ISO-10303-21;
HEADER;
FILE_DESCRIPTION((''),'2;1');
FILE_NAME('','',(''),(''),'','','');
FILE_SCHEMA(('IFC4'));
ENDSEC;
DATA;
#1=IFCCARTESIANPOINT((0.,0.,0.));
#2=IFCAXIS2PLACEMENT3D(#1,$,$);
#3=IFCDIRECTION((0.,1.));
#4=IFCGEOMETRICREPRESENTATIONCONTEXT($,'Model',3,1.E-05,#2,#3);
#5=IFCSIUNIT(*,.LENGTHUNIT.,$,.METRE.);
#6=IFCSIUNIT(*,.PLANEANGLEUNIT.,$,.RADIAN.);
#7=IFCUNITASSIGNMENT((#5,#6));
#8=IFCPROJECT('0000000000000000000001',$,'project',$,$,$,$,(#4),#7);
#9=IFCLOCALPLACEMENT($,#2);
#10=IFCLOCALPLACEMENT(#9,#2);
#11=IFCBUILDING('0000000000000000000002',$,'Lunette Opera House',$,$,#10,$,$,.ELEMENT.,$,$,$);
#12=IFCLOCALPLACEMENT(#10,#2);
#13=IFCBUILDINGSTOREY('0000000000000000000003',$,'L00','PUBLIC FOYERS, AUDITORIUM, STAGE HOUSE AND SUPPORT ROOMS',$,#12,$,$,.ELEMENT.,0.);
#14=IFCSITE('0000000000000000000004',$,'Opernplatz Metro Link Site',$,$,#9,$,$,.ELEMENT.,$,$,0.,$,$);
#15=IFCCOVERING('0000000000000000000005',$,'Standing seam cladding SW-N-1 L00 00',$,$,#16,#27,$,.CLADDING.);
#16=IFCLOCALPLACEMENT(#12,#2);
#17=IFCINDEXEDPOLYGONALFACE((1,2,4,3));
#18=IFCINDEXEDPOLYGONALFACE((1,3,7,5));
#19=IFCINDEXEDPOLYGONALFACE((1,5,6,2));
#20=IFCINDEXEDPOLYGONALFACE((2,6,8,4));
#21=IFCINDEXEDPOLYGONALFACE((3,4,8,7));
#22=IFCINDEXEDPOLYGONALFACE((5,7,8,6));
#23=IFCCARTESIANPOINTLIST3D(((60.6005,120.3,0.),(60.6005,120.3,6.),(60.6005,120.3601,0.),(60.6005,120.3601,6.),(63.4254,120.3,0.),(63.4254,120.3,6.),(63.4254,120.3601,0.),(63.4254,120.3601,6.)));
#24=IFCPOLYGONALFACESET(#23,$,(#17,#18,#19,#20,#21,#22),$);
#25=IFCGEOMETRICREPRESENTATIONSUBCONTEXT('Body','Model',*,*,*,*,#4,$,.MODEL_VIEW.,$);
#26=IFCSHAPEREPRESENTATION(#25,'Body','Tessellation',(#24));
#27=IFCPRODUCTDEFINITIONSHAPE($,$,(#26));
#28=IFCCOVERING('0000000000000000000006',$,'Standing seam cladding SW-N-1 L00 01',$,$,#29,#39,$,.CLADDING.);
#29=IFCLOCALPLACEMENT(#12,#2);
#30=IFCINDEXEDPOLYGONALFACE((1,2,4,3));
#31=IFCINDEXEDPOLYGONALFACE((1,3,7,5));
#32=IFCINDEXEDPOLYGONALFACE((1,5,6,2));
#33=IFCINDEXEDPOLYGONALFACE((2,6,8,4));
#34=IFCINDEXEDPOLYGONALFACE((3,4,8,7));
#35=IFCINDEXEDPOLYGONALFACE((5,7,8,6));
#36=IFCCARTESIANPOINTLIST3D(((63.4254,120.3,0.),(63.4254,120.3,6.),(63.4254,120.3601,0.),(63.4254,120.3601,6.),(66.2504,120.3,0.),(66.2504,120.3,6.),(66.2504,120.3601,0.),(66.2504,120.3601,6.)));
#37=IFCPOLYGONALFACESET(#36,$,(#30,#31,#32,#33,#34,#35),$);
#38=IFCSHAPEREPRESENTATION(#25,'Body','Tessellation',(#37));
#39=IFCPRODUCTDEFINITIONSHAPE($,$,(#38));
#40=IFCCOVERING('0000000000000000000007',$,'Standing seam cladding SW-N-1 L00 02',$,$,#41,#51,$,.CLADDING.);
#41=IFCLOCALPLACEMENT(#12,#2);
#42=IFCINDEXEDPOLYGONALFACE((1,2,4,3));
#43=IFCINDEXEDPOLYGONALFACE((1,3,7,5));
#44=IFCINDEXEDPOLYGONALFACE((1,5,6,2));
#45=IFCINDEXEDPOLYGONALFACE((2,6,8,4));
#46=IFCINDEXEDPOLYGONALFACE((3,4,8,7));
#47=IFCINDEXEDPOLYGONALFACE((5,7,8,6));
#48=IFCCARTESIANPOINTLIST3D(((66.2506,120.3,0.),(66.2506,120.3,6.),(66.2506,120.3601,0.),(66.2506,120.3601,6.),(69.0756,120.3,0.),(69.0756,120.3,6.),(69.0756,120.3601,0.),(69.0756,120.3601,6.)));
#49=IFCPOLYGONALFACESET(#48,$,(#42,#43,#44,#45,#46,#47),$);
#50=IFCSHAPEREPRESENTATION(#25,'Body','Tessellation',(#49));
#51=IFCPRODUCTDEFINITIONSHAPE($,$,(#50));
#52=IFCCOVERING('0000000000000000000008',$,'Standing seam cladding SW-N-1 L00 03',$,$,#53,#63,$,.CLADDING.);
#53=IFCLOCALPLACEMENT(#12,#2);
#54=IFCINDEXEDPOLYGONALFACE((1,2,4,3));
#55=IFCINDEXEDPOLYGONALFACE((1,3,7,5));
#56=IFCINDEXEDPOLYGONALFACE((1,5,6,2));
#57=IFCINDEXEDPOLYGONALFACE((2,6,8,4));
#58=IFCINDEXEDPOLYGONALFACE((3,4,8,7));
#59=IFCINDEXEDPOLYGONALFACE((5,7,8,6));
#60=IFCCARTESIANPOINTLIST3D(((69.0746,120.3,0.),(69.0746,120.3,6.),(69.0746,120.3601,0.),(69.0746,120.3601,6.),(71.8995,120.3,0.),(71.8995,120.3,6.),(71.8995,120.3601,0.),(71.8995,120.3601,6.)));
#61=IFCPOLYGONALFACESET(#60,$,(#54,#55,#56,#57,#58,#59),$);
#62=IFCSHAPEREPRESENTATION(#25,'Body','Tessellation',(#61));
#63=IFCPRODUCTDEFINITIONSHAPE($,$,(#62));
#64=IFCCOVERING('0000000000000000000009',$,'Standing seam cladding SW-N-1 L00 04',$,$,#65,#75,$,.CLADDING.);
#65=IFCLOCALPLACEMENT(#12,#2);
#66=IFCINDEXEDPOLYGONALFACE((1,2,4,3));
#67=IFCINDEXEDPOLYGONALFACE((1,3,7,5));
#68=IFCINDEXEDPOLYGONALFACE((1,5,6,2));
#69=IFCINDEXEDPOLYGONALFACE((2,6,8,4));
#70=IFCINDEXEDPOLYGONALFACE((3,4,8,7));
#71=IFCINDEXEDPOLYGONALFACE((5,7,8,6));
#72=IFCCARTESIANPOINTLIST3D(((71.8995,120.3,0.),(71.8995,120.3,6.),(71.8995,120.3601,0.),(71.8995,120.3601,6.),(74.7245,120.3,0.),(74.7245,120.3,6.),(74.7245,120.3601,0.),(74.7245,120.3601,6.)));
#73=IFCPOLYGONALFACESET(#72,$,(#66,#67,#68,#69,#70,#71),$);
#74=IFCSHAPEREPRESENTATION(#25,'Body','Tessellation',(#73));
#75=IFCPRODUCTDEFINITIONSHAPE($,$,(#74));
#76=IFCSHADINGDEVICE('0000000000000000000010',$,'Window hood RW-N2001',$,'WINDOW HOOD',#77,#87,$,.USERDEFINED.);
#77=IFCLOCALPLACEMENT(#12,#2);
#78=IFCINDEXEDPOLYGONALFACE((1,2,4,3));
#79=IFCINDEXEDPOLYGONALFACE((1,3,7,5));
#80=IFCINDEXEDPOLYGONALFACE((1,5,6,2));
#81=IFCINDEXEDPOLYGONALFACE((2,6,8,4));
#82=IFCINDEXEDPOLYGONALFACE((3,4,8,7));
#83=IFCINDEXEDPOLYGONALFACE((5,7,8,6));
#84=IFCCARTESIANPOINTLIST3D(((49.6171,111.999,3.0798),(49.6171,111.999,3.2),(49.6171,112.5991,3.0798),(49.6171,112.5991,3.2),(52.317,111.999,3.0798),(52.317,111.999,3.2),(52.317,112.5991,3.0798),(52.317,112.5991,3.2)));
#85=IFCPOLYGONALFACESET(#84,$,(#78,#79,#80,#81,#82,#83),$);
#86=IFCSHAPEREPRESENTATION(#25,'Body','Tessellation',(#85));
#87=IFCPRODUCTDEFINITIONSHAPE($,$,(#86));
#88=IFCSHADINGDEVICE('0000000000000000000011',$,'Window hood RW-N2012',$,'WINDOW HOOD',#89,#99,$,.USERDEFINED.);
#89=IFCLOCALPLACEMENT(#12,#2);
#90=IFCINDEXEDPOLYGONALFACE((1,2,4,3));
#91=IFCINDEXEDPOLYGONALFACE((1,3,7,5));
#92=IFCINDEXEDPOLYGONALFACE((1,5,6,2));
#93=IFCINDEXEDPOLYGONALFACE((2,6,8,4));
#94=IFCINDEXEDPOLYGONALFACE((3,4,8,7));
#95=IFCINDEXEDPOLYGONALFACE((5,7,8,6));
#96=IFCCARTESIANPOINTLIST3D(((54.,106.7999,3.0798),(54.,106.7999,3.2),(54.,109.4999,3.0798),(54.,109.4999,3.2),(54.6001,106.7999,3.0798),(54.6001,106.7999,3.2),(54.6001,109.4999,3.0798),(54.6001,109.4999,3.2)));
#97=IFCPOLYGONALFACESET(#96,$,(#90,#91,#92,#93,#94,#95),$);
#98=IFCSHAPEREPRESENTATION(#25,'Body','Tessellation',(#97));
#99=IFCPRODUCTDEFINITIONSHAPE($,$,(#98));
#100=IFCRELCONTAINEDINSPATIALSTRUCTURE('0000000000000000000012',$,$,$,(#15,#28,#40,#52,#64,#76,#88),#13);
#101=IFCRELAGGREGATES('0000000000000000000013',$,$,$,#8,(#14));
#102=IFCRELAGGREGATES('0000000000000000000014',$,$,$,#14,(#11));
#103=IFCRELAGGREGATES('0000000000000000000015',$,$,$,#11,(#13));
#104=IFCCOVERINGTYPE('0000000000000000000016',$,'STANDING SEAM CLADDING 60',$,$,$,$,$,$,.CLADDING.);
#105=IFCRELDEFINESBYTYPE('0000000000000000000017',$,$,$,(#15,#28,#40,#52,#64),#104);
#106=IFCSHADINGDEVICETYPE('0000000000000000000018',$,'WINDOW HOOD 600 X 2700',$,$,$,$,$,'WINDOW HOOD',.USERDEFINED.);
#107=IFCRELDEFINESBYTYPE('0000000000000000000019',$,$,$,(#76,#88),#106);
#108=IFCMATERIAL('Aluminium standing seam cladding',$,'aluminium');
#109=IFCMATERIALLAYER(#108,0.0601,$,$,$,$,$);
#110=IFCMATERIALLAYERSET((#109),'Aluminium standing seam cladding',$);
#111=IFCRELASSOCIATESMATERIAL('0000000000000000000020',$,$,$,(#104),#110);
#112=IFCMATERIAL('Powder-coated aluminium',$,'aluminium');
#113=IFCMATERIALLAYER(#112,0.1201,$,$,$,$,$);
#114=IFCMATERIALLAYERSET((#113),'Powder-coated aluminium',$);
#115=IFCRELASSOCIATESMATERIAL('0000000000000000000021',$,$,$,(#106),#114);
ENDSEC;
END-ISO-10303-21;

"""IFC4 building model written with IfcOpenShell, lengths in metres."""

from ifc_helpers import new_model, si_unit, direction, frame, origin, origin_2d, place, context, subcontext, project, spatial, rectangle, extrude, material, layer, layer_set, type_object, element, save


model = new_model("IFC4")

# Units and contexts
model_context = context("Model", 3, precision=1e-05, world=origin(), true_north=direction((0.0, 1.0)))
body_context = subcontext(model_context, "Body", "Model", "MODEL_VIEW")
ifc_project = project(units=[si_unit("LENGTHUNIT", "METRE"), si_unit("PLANEANGLEUNIT", "RADIAN")], contexts=[model_context])

# Site, building, storey
site_placement = place(None, origin())
site = spatial("IfcSite", under=ifc_project, at=site_placement, Name="Opernplatz Metro Link Site", CompositionType="ELEMENT", RefElevation=0.0)
building_placement = place(site_placement, origin())
building = spatial("IfcBuilding", under=site, at=building_placement, Name="Lunette Opera House", CompositionType="ELEMENT")
storey_placement = place(building_placement, origin())
storey = spatial("IfcBuildingStorey", under=building, at=storey_placement, Name="L00", Description="PUBLIC FOYERS, AUDITORIUM, STAGE HOUSE AND SUPPORT ROOMS", CompositionType="ELEMENT", Elevation=0.0)

# Coverings
ifc_material_1 = material(Name="Aluminium standing seam cladding", Category="aluminium")
ifc_layer_1 = layer(ifc_material_1, 0.0601)
ifc_layer_set_1 = layer_set([ifc_layer_1], Name="Aluminium standing seam cladding")
covering_type = type_object("IfcCoveringType", Name="STANDING SEAM CLADDING 60", PredefinedType="CLADDING", material=ifc_layer_set_1)
for number, where, z_axis, x_axis, name in (
    (1, (62.0129, 120.3301, 0.0), (0.0, 0.0, 1.0), (1.0, 0.0, 0.0), "Standing seam cladding SW-N-1 L00 00"),
    (2, (64.8379, 120.3301, 0.0), (0.0, 0.0, 1.0), (1.0, 0.0, 0.0), "Standing seam cladding SW-N-1 L00 01"),
    (3, (67.6631, 120.3301, 0.0), (0.0, 0.0, 1.0), (1.0, 0.0, 0.0), "Standing seam cladding SW-N-1 L00 02"),
    (4, (70.4871, 120.3301, 0.0), (0.0, 0.0, 1.0), (1.0, 0.0, 0.0), "Standing seam cladding SW-N-1 L00 03"),
    (5, (73.312, 120.3301, 0.0), (0.0, 0.0, 1.0), (1.0, 0.0, 0.0), "Standing seam cladding SW-N-1 L00 04"),
):
    element("IfcCovering", number, at=place(storey_placement, frame(where, z_axis=z_axis, x_axis=x_axis)), inside=storey, type_object=covering_type, Name=name, PredefinedType="CLADDING", context=body_context, shape_type="SweptSolid", body=[
        extrude(rectangle(XDim=2.825, YDim=0.0601, at=origin_2d()), origin(), (0.0, 0.0, 1.0), 6.0),
    ])

# Shading devices
ifc_material_2 = material(Name="Powder-coated aluminium", Category="aluminium")
ifc_layer_2 = layer(ifc_material_2, 0.1201)
ifc_layer_set_2 = layer_set([ifc_layer_2], Name="Powder-coated aluminium")
shading_device_type = type_object("IfcShadingDeviceType", Name="WINDOW HOOD 600 X 2700", ElementType="WINDOW HOOD", PredefinedType="USERDEFINED", material=ifc_layer_set_2)
for number, where, z_axis, x_axis, name in (
    (6, (50.967, 112.2991, 3.0798), (0.0, 0.0, 1.0), (0.0, 1.0, 0.0), "Window hood RW-N2001"),
    (7, (54.3, 108.1499, 3.0798), (0.0, 0.0, 1.0), (1.0, 0.0, 0.0), "Window hood RW-N2012"),
):
    element("IfcShadingDevice", number, at=place(storey_placement, frame(where, z_axis=z_axis, x_axis=x_axis)), inside=storey, type_object=shading_device_type, Name=name, ObjectType="WINDOW HOOD", PredefinedType="USERDEFINED", context=body_context, shape_type="SweptSolid", body=[
        extrude(rectangle(XDim=0.6001, YDim=2.7, at=origin_2d()), origin(), (0.0, 0.0, 1.0), 0.1201),
    ])

save(model, "model.ifc")
